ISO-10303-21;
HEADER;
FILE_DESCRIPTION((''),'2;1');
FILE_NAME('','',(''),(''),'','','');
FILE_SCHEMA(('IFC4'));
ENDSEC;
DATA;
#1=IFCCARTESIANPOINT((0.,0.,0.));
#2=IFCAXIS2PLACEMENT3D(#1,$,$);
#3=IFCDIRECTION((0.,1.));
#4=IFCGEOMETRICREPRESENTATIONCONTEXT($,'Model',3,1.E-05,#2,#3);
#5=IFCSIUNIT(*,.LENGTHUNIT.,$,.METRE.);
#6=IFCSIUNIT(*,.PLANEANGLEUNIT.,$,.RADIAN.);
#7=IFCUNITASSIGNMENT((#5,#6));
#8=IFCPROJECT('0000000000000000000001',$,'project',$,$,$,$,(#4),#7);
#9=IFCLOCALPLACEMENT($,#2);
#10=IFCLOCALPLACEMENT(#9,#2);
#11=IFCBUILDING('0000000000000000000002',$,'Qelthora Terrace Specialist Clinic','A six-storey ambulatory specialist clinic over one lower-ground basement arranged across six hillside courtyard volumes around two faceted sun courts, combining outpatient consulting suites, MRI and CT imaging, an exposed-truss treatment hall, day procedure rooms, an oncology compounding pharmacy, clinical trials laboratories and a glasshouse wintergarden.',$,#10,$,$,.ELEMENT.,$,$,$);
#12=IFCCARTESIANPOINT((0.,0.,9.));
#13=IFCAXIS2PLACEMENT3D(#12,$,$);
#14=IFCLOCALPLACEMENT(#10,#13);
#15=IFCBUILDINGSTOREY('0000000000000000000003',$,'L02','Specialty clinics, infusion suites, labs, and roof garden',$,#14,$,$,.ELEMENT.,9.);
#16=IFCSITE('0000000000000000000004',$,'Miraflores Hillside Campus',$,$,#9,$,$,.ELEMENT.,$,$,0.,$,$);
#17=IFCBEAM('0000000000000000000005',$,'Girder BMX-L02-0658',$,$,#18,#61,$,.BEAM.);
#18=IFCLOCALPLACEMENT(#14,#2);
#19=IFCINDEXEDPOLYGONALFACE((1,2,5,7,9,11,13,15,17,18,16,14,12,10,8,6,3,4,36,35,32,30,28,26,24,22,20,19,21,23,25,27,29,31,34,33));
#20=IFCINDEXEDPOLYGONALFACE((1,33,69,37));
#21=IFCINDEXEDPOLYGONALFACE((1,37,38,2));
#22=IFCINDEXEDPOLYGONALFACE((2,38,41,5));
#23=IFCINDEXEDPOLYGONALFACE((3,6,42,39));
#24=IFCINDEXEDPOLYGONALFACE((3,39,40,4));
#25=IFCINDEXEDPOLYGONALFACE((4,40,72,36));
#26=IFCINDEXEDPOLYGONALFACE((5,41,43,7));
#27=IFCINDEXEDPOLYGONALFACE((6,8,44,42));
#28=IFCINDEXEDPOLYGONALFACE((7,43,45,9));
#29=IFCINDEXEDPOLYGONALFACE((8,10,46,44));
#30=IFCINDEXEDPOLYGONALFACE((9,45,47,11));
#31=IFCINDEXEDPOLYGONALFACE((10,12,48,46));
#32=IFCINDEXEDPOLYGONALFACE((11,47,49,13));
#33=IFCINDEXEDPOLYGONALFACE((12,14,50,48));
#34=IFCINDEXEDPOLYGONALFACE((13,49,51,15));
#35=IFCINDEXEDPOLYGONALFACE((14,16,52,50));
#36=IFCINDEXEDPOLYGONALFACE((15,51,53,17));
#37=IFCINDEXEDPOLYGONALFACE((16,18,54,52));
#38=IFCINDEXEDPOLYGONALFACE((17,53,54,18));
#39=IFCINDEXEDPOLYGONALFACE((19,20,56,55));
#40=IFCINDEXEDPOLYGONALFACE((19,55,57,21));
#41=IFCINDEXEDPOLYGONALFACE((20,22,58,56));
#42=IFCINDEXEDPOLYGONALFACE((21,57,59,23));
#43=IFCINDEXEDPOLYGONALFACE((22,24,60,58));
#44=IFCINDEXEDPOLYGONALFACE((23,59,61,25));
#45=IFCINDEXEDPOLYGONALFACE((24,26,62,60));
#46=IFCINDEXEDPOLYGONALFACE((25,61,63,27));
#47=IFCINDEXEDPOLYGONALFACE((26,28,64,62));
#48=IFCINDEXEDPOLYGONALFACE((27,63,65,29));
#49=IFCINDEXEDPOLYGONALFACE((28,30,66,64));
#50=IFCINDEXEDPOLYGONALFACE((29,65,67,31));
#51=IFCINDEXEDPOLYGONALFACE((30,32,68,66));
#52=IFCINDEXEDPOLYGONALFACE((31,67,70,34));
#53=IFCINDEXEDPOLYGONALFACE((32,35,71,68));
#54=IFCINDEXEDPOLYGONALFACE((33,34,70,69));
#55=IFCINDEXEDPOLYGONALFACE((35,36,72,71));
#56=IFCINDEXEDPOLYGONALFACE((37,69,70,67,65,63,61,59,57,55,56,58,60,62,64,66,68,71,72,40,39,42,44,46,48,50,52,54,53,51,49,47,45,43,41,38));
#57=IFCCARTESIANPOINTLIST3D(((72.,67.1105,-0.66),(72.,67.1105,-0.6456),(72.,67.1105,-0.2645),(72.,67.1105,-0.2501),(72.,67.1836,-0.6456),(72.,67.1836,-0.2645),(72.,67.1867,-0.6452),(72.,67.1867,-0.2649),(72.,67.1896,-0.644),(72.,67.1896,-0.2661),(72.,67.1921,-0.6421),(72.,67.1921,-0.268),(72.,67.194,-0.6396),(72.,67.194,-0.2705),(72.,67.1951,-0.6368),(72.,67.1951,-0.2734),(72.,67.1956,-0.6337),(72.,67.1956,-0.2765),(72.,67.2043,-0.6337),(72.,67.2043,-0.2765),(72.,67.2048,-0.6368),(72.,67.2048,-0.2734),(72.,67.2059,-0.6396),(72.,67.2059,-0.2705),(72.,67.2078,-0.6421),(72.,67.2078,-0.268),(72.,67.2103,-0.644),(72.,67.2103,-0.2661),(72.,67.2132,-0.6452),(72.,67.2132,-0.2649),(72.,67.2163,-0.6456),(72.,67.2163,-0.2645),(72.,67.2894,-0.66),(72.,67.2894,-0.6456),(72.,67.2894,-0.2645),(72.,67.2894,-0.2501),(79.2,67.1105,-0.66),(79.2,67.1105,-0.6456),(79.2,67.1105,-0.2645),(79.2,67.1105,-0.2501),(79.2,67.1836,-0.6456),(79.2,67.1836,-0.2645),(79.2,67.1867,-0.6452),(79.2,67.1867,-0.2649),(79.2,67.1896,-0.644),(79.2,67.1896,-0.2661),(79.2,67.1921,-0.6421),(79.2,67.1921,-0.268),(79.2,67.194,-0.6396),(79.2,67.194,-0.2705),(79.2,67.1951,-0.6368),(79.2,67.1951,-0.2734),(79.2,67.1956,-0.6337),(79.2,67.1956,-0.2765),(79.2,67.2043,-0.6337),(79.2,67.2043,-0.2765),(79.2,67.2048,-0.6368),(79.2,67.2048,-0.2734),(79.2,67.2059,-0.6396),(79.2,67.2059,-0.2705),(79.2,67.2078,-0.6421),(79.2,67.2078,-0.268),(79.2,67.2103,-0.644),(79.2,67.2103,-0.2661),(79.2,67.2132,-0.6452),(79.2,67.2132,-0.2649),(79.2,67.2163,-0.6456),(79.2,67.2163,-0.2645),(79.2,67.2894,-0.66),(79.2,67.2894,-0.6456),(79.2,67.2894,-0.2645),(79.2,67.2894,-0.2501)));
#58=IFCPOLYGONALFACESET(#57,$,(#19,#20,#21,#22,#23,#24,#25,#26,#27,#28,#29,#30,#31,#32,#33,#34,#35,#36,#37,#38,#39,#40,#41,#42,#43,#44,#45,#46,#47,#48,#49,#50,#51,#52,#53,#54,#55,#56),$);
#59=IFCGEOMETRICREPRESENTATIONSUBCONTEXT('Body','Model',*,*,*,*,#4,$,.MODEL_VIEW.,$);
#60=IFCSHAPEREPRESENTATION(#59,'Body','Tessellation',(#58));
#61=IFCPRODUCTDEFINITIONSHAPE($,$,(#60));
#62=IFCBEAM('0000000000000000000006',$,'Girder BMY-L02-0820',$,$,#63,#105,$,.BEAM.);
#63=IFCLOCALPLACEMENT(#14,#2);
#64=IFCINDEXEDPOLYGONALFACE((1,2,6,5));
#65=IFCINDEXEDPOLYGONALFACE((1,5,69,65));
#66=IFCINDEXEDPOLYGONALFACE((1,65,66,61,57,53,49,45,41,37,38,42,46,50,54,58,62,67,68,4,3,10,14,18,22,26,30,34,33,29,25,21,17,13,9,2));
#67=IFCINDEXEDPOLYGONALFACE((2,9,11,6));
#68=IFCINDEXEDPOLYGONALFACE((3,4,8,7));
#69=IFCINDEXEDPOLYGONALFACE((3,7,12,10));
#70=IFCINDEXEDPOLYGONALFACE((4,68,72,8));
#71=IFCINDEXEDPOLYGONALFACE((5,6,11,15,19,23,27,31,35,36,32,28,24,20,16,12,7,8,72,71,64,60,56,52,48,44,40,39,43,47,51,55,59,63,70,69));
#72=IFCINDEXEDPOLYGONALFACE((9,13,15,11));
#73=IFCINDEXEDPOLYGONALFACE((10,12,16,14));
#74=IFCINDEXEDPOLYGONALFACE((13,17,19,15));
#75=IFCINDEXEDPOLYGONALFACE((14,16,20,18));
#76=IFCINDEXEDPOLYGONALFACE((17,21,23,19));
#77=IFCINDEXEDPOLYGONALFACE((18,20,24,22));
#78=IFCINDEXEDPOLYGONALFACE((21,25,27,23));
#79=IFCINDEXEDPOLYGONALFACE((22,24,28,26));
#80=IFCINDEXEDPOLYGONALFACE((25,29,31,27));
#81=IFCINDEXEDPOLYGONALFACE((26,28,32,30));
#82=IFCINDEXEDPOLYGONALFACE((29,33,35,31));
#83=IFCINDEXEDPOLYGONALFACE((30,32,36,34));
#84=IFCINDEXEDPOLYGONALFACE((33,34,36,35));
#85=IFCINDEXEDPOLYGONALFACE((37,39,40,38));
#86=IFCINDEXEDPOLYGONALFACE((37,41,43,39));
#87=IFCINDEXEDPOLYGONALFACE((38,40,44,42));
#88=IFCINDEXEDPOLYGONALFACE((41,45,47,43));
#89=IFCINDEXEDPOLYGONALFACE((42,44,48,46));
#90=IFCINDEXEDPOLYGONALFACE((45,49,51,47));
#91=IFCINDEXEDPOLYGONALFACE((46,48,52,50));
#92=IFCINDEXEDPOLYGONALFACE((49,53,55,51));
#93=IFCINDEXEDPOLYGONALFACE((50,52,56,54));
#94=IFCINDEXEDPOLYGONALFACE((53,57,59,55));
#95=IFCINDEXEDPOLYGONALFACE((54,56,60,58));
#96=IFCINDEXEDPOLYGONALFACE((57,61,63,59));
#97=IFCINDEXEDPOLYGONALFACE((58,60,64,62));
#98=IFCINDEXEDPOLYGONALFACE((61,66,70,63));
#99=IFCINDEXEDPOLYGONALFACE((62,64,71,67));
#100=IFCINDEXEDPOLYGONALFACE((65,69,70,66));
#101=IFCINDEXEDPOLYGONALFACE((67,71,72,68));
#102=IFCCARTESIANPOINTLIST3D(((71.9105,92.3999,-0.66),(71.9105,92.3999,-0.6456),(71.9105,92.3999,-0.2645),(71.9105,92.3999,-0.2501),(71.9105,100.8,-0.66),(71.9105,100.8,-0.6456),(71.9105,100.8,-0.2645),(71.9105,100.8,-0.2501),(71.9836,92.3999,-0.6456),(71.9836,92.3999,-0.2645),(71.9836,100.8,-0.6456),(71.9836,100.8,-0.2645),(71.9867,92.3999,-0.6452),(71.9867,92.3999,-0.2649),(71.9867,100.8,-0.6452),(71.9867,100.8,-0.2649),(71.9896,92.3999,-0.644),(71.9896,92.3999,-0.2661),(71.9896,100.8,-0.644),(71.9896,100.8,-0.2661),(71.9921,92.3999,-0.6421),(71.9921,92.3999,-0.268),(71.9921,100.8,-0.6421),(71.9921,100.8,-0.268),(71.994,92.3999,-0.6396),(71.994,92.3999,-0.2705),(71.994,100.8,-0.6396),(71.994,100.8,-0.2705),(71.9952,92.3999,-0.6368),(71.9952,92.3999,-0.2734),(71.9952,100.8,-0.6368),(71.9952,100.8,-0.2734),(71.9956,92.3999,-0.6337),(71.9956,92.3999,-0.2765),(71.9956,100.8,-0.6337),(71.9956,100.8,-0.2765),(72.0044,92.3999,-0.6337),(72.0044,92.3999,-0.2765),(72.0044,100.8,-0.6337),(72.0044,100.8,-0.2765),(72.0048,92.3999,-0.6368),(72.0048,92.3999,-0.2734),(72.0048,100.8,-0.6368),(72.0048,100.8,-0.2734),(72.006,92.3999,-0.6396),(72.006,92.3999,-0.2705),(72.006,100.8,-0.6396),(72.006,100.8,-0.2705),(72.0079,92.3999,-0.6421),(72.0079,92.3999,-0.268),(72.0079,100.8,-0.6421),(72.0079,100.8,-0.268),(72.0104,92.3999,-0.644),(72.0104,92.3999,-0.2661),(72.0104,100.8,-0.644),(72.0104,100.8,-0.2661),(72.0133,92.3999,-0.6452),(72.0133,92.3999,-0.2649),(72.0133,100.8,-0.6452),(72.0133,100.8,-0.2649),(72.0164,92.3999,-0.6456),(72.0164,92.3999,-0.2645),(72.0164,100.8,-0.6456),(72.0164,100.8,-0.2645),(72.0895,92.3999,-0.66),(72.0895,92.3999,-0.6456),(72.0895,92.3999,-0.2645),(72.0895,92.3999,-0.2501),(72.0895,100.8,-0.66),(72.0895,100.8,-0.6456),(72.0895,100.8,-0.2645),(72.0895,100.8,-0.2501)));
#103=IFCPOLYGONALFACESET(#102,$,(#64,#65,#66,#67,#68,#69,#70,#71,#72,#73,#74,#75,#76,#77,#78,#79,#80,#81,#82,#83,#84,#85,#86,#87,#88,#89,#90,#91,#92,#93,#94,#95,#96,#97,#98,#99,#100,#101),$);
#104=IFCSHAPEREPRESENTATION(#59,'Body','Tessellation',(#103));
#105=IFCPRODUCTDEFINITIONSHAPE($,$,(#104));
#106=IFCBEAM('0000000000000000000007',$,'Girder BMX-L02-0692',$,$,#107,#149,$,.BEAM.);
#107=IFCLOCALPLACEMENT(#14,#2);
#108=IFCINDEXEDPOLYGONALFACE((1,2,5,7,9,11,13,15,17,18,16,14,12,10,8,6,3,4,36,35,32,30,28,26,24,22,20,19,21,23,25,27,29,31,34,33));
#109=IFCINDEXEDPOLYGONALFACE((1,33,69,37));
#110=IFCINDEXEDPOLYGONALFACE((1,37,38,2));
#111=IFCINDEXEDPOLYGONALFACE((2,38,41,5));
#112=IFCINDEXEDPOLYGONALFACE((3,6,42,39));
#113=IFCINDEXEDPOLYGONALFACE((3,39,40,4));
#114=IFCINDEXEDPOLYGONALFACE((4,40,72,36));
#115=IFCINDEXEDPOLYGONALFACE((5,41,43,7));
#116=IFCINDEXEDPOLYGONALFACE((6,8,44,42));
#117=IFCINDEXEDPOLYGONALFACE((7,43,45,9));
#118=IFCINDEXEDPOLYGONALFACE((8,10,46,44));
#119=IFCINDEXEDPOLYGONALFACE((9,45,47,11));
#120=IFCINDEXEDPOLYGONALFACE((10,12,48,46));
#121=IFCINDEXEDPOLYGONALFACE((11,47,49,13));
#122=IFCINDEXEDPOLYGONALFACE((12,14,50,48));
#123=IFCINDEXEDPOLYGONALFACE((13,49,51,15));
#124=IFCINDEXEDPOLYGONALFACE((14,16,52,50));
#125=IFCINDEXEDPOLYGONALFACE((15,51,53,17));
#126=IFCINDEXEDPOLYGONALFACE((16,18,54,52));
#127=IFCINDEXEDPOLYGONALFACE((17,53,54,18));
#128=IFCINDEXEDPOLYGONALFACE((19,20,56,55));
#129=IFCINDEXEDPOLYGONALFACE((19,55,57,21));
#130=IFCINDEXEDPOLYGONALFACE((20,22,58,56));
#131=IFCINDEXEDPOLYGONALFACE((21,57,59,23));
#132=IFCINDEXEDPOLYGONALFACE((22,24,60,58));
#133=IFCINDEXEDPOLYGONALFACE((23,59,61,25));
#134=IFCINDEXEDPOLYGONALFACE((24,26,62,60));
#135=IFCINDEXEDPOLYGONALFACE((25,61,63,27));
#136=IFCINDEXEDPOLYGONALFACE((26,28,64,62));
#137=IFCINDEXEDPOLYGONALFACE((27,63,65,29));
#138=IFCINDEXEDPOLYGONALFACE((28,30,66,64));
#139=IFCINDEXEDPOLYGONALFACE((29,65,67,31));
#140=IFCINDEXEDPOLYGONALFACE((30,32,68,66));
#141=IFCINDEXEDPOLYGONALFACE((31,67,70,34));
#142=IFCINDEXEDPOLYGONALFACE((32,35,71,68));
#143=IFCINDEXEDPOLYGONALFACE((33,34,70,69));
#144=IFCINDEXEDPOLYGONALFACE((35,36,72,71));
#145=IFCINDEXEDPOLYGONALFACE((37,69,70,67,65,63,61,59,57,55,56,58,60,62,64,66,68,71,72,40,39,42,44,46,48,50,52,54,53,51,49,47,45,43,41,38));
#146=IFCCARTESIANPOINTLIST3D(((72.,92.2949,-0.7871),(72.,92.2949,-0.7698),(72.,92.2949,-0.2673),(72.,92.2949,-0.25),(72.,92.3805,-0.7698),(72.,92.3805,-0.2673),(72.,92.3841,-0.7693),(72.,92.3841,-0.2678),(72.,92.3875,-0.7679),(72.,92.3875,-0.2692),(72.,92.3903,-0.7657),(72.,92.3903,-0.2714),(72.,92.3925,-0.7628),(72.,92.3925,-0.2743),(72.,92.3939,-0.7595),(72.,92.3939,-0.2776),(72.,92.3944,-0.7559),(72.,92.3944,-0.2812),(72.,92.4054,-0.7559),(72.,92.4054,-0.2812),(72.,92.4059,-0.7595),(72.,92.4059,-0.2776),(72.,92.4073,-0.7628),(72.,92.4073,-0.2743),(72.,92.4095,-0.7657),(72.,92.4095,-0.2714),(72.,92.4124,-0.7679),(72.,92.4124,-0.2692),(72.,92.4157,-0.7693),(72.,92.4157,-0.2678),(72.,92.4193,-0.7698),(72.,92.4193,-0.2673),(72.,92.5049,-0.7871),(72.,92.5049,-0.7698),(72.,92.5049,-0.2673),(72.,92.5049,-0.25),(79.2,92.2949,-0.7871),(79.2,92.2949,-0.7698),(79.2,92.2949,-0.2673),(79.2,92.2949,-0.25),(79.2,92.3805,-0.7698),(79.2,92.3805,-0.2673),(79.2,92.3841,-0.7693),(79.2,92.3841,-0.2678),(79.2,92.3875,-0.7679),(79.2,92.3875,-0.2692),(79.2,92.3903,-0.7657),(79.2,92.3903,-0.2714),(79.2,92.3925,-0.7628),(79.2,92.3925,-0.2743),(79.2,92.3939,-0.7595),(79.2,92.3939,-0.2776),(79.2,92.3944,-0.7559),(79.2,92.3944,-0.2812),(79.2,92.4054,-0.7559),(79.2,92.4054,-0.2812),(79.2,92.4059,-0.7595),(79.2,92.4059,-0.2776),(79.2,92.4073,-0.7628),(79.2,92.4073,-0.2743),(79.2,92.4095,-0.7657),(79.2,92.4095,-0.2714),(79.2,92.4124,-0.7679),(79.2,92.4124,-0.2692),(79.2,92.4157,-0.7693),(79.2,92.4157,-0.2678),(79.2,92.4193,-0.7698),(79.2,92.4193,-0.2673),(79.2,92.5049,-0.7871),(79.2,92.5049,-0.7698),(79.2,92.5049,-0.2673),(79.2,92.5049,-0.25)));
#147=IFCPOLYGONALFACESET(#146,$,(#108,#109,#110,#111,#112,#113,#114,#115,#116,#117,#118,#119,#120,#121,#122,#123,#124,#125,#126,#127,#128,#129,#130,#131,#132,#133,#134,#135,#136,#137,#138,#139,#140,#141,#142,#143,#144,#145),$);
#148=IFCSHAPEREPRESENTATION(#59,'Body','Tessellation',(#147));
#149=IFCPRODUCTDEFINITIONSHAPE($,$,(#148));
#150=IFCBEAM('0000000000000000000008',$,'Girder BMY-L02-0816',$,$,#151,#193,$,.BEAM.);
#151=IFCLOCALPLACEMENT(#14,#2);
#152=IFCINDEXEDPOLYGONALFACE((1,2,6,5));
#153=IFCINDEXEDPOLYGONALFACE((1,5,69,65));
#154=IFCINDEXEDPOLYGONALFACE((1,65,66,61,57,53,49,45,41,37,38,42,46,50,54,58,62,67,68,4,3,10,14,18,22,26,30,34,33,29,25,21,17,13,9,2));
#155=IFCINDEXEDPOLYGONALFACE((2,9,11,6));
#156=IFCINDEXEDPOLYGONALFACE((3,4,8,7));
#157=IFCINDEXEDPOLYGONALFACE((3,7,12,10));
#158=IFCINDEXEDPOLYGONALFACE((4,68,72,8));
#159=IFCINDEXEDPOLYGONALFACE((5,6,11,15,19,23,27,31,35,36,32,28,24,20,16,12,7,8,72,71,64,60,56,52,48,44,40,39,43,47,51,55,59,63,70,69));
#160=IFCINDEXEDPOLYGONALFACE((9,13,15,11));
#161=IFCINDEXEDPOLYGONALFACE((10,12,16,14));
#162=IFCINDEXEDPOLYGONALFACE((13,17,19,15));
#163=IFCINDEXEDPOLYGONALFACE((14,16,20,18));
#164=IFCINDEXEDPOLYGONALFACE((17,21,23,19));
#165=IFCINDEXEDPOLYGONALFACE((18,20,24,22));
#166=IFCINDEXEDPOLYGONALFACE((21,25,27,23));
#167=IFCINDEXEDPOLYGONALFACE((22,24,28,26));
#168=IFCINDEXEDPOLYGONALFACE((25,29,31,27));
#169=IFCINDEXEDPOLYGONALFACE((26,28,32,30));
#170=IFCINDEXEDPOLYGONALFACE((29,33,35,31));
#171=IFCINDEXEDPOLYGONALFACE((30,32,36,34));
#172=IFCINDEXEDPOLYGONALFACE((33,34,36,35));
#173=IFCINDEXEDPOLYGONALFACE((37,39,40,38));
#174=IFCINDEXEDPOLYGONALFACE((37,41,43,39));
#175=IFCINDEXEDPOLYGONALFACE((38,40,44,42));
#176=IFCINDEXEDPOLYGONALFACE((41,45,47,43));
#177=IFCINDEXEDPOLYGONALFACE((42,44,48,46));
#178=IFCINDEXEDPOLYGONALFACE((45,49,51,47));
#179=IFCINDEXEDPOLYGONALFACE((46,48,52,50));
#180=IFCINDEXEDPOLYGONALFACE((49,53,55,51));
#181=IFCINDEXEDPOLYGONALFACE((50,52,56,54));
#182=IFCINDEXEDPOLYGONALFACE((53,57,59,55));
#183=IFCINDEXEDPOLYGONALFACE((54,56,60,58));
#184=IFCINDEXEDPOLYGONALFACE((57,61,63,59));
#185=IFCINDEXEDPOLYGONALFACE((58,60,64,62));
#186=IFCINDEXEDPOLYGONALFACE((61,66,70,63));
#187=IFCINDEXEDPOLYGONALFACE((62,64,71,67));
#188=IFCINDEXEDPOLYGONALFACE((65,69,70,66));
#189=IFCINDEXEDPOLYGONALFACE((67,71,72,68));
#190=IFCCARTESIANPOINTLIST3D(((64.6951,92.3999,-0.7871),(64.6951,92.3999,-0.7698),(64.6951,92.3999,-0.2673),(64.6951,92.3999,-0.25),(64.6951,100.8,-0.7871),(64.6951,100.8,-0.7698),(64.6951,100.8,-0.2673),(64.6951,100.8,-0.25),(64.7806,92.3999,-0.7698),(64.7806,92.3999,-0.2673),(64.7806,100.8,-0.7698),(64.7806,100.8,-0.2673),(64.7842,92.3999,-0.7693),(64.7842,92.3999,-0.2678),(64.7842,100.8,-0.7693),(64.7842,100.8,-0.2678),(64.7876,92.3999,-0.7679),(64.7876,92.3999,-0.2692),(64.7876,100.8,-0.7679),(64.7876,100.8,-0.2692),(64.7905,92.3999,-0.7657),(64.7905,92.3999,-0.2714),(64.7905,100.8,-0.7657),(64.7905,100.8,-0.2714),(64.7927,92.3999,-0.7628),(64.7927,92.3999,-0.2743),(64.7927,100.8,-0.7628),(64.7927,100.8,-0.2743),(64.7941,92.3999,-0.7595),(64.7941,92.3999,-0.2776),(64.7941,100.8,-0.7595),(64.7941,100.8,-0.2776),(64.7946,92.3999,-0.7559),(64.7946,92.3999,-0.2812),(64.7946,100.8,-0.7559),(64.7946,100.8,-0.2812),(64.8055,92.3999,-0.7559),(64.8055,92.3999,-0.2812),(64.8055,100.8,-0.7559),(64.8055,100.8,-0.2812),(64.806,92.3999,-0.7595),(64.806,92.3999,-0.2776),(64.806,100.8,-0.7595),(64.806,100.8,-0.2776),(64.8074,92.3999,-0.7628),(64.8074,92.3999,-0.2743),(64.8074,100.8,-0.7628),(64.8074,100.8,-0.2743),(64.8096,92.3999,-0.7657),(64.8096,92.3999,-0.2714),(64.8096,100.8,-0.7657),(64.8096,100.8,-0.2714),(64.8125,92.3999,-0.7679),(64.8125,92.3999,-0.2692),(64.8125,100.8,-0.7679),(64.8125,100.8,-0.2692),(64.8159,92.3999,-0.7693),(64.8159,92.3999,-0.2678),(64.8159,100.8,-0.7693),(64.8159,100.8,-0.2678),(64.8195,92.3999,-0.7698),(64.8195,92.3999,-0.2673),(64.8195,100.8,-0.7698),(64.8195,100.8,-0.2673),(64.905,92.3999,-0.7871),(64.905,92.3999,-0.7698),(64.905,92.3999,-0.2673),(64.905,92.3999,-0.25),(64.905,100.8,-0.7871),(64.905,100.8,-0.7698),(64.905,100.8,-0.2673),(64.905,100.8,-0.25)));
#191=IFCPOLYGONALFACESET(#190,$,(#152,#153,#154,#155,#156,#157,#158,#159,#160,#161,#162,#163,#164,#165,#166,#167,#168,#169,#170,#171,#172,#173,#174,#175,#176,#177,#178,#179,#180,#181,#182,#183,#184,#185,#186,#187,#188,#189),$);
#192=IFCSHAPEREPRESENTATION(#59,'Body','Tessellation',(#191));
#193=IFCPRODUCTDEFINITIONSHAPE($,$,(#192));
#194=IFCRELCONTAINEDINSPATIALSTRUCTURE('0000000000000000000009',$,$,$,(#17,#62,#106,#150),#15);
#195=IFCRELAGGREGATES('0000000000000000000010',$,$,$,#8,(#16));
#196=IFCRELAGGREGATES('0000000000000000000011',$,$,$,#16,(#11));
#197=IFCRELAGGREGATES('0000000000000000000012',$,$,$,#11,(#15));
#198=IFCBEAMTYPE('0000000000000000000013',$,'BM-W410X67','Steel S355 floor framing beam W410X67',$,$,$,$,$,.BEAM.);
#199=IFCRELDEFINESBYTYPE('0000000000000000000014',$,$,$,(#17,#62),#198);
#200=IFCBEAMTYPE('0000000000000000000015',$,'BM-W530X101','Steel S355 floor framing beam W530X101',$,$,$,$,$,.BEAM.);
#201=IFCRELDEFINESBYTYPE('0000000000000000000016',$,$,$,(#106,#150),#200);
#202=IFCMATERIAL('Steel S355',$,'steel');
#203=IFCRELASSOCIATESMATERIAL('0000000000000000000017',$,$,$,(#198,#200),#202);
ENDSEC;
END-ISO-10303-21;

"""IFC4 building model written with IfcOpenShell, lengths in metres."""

from ifc_helpers import new_model, si_unit, direction, frame, origin, origin_2d, place, context, subcontext, project, spatial, i_section, extrude, material, material_profile, profile_set, type_object, element, save


model = new_model("IFC4")

# Units and contexts
model_context = context("Model", 3, precision=1e-05, world=origin(), true_north=direction((0.0, 1.0)))
body_context = subcontext(model_context, "Body", "Model", "MODEL_VIEW")
ifc_project = project(units=[si_unit("LENGTHUNIT", "METRE"), si_unit("PLANEANGLEUNIT", "RADIAN")], contexts=[model_context])

# Site, building, storey
site_placement = place(None, origin())
site = spatial("IfcSite", under=ifc_project, at=site_placement, Name="Miraflores Hillside Campus", CompositionType="ELEMENT", RefElevation=0.0)
building_placement = place(site_placement, origin())
building = spatial("IfcBuilding", under=site, at=building_placement, Name="Qelthora Terrace Specialist Clinic", Description="A six-storey ambulatory specialist clinic over one lower-ground basement arranged across six hillside courtyard volumes around two faceted sun courts, combining outpatient consulting suites, MRI and CT imaging, an exposed-truss treatment hall, day procedure rooms, an oncology compounding pharmacy, clinical trials laboratories and a glasshouse wintergarden.", CompositionType="ELEMENT")
storey_placement = place(building_placement, frame((0.0, 0.0, 9.0)))
storey = spatial("IfcBuildingStorey", under=building, at=storey_placement, Name="L02", Description="Specialty clinics, infusion suites, labs, and roof garden", CompositionType="ELEMENT", Elevation=9.0)

# Shared definitions
ifc_material_1 = material(Name="Steel S355", Category="steel")

# Beams
ifc_material_profile_1 = material_profile(ifc_material_1, i_section(OverallWidth=0.179, OverallDepth=0.4099, WebThickness=0.0088, FlangeThickness=0.0144, FilletRadius=0.012, at=origin_2d()), Name="W410X67")
ifc_profile_set_1 = profile_set([ifc_material_profile_1], Name="Steel S355")
beam_type_1 = type_object("IfcBeamType", Name="BM-W410X67", Description="Steel S355 floor framing beam W410X67", PredefinedType="BEAM", material=ifc_profile_set_1)
beam_1_placement = place(storey_placement, frame((72.0, 67.2, -0.4551), z_axis=(1.0, 0.0, 0.0), x_axis=(0.0, 1.0, 0.0)))
element("IfcBeam", 1, at=beam_1_placement, inside=storey, type_object=beam_type_1, Name="Girder BMX-L02-0658", PredefinedType="BEAM", context=body_context, shape_type="SweptSolid", body=[
    extrude(i_section(OverallWidth=0.179, OverallDepth=0.4099, WebThickness=0.0088, FlangeThickness=0.0144, FilletRadius=0.012, at=origin_2d()), origin(), (0.0, 0.0, 1.0), 7.2),
])
beam_2_placement = place(storey_placement, frame((72.0, 92.3999, -0.4551), z_axis=(0.0, 1.0, 0.0), x_axis=(-1.0, 0.0, 0.0)))
element("IfcBeam", 2, at=beam_2_placement, inside=storey, type_object=beam_type_1, Name="Girder BMY-L02-0820", PredefinedType="BEAM", context=body_context, shape_type="SweptSolid", body=[
    extrude(i_section(OverallWidth=0.179, OverallDepth=0.4099, WebThickness=0.0088, FlangeThickness=0.0144, FilletRadius=0.012, at=origin_2d()), origin(), (0.0, 0.0, 1.0), 8.4001),
])
ifc_material_profile_2 = material_profile(ifc_material_1, i_section(OverallWidth=0.21, OverallDepth=0.5371, WebThickness=0.011, FlangeThickness=0.0173, FilletRadius=0.0139, at=origin_2d()), Name="W530X101")
ifc_profile_set_2 = profile_set([ifc_material_profile_2], Name="Steel S355")
beam_type_2 = type_object("IfcBeamType", Name="BM-W530X101", Description="Steel S355 floor framing beam W530X101", PredefinedType="BEAM", material=ifc_profile_set_2)
beam_3_placement = place(storey_placement, frame((72.0, 92.3999, -0.5186), z_axis=(1.0, 0.0, 0.0), x_axis=(0.0, 1.0, 0.0)))
element("IfcBeam", 3, at=beam_3_placement, inside=storey, type_object=beam_type_2, Name="Girder BMX-L02-0692", PredefinedType="BEAM", context=body_context, shape_type="SweptSolid", body=[
    extrude(i_section(OverallWidth=0.21, OverallDepth=0.5371, WebThickness=0.011, FlangeThickness=0.0173, FilletRadius=0.0139, at=origin_2d()), origin(), (0.0, 0.0, 1.0), 7.2),
])
beam_4_placement = place(storey_placement, frame((64.8, 92.3999, -0.5186), z_axis=(0.0, 1.0, 0.0), x_axis=(-1.0, 0.0, 0.0)))
element("IfcBeam", 4, at=beam_4_placement, inside=storey, type_object=beam_type_2, Name="Girder BMY-L02-0816", PredefinedType="BEAM", context=body_context, shape_type="SweptSolid", body=[
    extrude(i_section(OverallWidth=0.21, OverallDepth=0.5371, WebThickness=0.011, FlangeThickness=0.0173, FilletRadius=0.0139, at=origin_2d()), origin(), (0.0, 0.0, 1.0), 8.4001),
])

save(model, "model.ifc")
